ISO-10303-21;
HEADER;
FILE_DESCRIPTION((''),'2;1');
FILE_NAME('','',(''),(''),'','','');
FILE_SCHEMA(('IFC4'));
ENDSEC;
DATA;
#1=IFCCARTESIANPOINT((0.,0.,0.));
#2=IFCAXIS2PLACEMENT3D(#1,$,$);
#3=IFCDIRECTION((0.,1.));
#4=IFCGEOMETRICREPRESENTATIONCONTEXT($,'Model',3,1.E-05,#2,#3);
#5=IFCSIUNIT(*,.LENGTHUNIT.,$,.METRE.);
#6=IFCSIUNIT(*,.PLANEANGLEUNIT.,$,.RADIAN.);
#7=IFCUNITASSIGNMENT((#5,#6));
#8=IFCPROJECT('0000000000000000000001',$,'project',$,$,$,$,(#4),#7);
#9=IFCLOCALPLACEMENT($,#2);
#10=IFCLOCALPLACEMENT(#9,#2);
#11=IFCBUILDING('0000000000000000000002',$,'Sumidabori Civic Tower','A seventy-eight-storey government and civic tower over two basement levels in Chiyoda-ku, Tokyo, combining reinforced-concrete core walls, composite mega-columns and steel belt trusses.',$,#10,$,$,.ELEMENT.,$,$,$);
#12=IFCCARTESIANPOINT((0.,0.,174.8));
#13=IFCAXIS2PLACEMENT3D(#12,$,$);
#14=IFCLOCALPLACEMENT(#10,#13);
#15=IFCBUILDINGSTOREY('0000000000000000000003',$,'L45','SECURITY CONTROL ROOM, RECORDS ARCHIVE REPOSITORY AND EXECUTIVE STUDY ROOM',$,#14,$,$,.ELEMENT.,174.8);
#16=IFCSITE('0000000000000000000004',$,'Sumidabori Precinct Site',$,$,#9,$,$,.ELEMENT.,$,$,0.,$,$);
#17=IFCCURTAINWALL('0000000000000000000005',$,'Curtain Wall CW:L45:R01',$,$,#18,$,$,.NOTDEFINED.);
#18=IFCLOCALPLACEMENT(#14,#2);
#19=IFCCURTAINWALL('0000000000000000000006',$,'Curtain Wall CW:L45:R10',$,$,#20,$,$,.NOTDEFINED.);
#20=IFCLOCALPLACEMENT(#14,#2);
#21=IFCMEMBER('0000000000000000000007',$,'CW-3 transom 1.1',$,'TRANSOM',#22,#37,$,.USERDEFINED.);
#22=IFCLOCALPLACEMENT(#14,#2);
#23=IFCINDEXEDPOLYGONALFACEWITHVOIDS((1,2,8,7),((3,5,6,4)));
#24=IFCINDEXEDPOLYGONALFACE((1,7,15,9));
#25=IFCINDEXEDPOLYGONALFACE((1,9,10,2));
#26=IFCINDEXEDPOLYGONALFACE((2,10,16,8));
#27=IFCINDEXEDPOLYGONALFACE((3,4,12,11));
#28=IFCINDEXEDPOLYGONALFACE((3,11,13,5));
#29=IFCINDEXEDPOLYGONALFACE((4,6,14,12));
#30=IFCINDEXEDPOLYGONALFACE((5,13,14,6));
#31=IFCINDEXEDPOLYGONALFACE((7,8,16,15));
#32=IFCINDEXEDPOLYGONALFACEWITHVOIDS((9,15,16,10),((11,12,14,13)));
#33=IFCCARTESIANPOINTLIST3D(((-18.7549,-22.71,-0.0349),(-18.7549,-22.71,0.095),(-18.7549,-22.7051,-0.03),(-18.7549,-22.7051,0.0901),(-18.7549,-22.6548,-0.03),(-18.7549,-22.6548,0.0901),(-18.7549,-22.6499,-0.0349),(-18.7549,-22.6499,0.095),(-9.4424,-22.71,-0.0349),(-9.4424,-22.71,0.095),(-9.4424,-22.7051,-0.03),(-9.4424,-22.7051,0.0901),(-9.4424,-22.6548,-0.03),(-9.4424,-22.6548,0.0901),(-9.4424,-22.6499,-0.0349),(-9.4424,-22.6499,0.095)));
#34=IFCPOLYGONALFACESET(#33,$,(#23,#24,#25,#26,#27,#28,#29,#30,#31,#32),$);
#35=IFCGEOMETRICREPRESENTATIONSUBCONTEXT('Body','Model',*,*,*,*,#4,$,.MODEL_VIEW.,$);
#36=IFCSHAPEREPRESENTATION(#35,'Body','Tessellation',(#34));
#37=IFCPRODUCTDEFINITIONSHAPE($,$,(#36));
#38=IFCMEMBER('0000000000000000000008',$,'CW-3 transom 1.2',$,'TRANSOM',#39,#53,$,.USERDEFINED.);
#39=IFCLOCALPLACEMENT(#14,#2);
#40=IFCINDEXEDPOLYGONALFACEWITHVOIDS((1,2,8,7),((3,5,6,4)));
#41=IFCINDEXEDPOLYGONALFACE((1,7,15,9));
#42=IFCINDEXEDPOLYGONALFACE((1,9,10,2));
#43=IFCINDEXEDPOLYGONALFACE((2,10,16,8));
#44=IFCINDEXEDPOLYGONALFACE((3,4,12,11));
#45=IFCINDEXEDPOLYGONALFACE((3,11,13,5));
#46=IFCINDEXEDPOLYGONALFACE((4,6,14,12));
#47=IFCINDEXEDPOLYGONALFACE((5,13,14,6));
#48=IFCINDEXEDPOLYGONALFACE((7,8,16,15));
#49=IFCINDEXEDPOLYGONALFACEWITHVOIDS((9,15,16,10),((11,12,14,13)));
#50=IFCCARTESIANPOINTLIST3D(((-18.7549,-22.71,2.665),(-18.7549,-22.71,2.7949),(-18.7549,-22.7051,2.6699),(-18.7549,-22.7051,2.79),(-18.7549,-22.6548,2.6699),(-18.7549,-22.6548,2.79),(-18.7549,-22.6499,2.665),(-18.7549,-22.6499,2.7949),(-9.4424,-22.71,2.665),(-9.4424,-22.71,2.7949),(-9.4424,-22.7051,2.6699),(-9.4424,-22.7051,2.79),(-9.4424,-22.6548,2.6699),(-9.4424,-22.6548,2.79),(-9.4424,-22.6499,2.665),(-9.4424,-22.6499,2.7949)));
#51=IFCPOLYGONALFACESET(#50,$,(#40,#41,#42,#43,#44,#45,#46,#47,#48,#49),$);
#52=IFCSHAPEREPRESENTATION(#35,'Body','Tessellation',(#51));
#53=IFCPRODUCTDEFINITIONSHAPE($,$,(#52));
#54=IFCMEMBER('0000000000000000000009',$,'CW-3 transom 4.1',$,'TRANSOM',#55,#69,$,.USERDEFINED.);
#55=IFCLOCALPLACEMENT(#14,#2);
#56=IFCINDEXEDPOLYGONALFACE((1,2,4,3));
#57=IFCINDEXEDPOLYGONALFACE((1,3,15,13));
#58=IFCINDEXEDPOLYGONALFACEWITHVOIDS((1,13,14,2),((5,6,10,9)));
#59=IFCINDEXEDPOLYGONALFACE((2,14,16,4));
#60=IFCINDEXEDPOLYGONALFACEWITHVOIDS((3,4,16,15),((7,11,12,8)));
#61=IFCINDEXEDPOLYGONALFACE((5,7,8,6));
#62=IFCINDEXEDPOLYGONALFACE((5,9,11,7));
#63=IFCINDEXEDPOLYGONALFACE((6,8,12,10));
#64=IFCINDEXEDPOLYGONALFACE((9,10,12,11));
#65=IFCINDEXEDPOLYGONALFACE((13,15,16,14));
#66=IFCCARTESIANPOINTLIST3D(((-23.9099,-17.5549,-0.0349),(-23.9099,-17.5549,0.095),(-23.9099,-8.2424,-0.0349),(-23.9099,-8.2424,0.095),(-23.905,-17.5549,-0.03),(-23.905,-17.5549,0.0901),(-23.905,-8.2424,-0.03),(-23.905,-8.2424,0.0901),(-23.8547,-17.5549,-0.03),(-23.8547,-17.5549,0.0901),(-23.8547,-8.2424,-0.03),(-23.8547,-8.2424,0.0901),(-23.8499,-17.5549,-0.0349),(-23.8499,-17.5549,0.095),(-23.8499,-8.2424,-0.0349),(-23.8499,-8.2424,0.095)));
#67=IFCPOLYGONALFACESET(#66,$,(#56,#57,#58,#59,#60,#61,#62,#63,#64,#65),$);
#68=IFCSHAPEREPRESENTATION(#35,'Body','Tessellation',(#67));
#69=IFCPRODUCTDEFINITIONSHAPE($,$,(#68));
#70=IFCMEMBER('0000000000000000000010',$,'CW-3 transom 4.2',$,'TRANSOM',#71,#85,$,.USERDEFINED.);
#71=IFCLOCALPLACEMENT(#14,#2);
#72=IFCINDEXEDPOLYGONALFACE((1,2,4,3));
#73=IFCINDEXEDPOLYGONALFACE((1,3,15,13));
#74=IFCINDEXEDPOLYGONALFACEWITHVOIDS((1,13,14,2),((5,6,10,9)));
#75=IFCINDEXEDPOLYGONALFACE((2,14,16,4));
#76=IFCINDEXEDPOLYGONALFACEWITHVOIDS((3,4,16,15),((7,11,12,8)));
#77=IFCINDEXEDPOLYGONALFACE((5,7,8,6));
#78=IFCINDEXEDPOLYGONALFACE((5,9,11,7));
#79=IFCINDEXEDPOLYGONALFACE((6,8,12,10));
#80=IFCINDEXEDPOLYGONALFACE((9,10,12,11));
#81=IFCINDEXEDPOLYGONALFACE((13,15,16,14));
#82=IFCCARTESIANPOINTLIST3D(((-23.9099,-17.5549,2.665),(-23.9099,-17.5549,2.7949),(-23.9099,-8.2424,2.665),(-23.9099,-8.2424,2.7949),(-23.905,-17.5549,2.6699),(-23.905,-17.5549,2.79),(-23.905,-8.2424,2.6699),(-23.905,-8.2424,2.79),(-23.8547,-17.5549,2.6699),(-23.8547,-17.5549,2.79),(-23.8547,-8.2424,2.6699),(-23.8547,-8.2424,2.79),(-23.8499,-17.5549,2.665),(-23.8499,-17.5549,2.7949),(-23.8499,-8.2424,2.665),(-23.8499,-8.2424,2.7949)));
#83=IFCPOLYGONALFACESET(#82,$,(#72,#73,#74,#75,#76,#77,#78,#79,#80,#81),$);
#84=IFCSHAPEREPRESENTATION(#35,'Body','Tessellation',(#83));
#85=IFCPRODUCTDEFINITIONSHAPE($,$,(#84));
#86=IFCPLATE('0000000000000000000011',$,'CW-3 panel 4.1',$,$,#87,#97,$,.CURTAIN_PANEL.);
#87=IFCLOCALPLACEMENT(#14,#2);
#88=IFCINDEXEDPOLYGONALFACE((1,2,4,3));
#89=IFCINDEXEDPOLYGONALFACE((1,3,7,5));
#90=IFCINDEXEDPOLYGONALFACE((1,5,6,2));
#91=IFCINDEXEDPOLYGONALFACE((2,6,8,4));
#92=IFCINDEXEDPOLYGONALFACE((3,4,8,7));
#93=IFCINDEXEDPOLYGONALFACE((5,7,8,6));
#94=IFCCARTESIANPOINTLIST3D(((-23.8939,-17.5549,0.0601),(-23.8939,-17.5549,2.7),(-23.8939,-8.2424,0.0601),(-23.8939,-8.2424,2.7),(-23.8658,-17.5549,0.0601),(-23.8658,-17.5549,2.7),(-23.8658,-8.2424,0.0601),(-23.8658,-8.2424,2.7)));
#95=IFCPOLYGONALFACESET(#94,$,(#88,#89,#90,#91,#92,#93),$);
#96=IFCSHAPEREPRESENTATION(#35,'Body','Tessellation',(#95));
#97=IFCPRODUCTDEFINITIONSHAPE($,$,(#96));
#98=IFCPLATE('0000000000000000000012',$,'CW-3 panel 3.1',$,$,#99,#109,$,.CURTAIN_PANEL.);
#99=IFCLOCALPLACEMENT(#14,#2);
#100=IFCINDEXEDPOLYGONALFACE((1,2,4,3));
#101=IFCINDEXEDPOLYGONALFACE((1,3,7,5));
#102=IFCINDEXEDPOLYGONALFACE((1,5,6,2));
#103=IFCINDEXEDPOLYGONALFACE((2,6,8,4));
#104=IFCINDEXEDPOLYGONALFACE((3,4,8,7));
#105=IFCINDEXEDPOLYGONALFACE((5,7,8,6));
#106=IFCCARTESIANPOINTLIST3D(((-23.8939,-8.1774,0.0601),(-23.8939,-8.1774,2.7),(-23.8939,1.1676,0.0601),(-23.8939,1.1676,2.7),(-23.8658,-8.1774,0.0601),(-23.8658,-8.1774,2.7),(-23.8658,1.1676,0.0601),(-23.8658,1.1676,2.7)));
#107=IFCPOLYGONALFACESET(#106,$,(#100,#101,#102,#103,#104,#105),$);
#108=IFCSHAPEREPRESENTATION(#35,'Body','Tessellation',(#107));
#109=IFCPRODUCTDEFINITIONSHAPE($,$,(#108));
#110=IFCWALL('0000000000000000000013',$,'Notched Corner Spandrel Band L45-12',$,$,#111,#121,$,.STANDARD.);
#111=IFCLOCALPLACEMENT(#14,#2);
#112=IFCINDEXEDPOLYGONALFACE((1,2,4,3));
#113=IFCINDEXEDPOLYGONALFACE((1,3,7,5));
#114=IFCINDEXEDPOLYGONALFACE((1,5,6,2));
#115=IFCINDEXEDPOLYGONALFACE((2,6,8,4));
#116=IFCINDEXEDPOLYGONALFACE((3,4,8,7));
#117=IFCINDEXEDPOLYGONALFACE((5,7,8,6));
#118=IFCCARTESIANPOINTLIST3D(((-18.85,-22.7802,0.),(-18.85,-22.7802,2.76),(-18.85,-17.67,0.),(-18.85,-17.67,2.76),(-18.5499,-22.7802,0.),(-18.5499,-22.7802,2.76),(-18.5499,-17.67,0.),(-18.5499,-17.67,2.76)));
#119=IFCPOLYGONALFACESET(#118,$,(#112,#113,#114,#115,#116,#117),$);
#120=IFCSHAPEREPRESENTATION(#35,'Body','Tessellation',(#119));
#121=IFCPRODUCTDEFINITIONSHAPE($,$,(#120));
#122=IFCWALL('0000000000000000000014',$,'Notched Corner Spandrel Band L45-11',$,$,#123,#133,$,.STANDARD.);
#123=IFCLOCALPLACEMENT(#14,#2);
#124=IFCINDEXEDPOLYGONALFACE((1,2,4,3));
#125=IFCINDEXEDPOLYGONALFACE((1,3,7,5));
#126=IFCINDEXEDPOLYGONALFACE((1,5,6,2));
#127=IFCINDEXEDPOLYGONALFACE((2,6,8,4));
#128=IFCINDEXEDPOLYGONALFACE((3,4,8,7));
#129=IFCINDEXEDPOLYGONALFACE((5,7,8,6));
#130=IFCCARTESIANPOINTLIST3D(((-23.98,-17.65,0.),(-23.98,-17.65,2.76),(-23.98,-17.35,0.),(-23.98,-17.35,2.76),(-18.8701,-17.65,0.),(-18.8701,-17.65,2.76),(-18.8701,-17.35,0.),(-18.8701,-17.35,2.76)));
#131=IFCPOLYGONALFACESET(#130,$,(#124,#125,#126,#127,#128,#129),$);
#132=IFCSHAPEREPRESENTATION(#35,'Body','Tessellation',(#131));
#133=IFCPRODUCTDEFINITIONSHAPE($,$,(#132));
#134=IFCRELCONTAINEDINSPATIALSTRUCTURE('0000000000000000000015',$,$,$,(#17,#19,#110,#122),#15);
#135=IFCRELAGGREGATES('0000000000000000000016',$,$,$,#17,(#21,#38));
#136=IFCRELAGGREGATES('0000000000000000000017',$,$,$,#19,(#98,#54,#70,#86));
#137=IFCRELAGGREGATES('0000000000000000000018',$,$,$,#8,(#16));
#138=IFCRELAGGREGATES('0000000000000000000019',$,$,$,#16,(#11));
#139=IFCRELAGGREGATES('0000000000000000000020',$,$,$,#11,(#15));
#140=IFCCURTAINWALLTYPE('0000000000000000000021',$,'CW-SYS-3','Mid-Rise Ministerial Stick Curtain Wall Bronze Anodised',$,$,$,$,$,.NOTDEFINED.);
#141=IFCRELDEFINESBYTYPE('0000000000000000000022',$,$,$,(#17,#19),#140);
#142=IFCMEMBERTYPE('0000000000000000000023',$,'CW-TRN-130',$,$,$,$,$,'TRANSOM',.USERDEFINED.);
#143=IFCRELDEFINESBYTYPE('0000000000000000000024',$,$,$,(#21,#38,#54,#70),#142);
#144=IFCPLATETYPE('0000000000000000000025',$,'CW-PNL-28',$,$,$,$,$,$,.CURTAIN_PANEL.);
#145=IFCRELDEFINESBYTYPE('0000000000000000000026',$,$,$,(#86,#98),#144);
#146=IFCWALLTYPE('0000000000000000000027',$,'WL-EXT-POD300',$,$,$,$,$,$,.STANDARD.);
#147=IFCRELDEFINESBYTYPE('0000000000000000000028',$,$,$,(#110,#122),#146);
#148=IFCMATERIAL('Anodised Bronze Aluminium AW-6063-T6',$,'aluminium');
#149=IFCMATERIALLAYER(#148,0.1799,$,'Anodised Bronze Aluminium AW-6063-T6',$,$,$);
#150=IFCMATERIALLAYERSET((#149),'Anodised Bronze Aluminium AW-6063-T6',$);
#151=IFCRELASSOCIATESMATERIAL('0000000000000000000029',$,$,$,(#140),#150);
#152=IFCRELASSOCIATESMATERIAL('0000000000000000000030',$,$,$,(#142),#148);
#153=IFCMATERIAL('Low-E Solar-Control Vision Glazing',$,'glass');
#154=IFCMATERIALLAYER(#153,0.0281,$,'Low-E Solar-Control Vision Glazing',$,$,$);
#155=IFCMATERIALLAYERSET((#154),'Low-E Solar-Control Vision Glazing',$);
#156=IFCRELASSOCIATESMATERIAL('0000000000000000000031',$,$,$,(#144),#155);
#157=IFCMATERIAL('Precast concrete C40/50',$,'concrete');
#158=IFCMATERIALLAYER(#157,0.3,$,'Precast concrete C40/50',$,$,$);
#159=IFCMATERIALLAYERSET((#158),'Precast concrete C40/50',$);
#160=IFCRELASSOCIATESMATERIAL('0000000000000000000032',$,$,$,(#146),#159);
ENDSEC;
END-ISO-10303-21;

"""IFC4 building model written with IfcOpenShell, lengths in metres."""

from ifc_helpers import new_model, si_unit, direction, frame, frame_2d, origin, origin_2d, place, context, subcontext, project, spatial, rectangle, hollow_rectangle, extrude, source, transform, mapped, material, layer, layer_set, material_profile, profile_set, type_object, element, aggregate, save


model = new_model("IFC4")

# Units and contexts
model_context = context("Model", 3, precision=1e-05, world=origin(), true_north=direction((0.0, 1.0)))
body_context = subcontext(model_context, "Body", "Model", "MODEL_VIEW")
ifc_project = project(units=[si_unit("LENGTHUNIT", "METRE"), si_unit("PLANEANGLEUNIT", "RADIAN")], contexts=[model_context])

# Site, building, storey
site_placement = place(None, origin())
site = spatial("IfcSite", under=ifc_project, at=site_placement, Name="Sumidabori Precinct Site", CompositionType="ELEMENT", RefElevation=0.0)
building_placement = place(site_placement, origin())
building = spatial("IfcBuilding", under=site, at=building_placement, Name="Sumidabori Civic Tower", Description="A seventy-eight-storey government and civic tower over two basement levels in Chiyoda-ku, Tokyo, combining reinforced-concrete core walls, composite mega-columns and steel belt trusses.", CompositionType="ELEMENT")
storey_placement = place(building_placement, frame((0.0, 0.0, 174.8)))
storey = spatial("IfcBuildingStorey", under=building, at=storey_placement, Name="L45", Description="SECURITY CONTROL ROOM, RECORDS ARCHIVE REPOSITORY AND EXECUTIVE STUDY ROOM", CompositionType="ELEMENT", Elevation=174.8)

# Curtain wall
ifc_material_1 = material(Name="Anodised Bronze Aluminium AW-6063-T6", Category="aluminium")
ifc_layer_1 = layer(ifc_material_1, 0.1799, Name="Anodised Bronze Aluminium AW-6063-T6")
ifc_layer_set_1 = layer_set([ifc_layer_1], Name="Anodised Bronze Aluminium AW-6063-T6")
curtain_wall_type = type_object("IfcCurtainWallType", Name="CW-SYS-3", Description="Mid-Rise Ministerial Stick Curtain Wall Bronze Anodised", PredefinedType="NOTDEFINED", material=ifc_layer_set_1)
curtain_wall_1_placement = place(storey_placement, origin())
curtain_wall_1 = element("IfcCurtainWall", 1, at=curtain_wall_1_placement, inside=storey, type_object=curtain_wall_type, Name="Curtain Wall CW:L45:R01", PredefinedType="NOTDEFINED")

# Curtain wall
curtain_wall_2_placement = place(storey_placement, origin())
curtain_wall_2 = element("IfcCurtainWall", 2, at=curtain_wall_2_placement, inside=storey, type_object=curtain_wall_type, Name="Curtain Wall CW:L45:R10", PredefinedType="NOTDEFINED")

# Members
ifc_material_profile_1 = material_profile(ifc_material_1, hollow_rectangle(XDim=0.0601, YDim=0.1299, WallThickness=0.0049, at=origin_2d()), Name="ALU TRANSOM 130x60")
ifc_profile_set_1 = profile_set([ifc_material_profile_1], Name="Anodised Bronze Aluminium AW-6063-T6")
member_type_1 = type_object("IfcMemberType", Name="CW-TRN-130", ElementType="TRANSOM", PredefinedType="USERDEFINED", material=ifc_profile_set_1)
shared_shape_1 = source(origin(), body_context, "Body", "SweptSolid", [
    extrude(hollow_rectangle(XDim=0.0601, YDim=0.1299, WallThickness=0.0049, at=origin_2d()), origin(), (0.0, 0.0, 1.0), 9.3125),
])
member_1_placement = place(storey_placement, frame((-18.7549, -22.6799, 0.03), z_axis=(1.0, 0.0, 0.0), x_axis=(0.0, 1.0, 0.0)))
member_1 = element("IfcMember", 3, at=member_1_placement, type_object=member_type_1, Name="CW-3 transom 1.1", ObjectType="TRANSOM", PredefinedType="USERDEFINED", context=body_context, shape_type="MappedRepresentation", body=[
    mapped(shared_shape_1, transform((0.0, 0.0, 0.0), x_axis=(1.0, 0.0, 0.0), y_axis=(0.0, 1.0, 0.0), z_axis=(0.0, 0.0, 1.0), scale=1.0)),
])
member_2_placement = place(storey_placement, frame((-18.7549, -22.6799, 2.73), z_axis=(1.0, 0.0, 0.0), x_axis=(0.0, 1.0, 0.0)))
member_2 = element("IfcMember", 4, at=member_2_placement, type_object=member_type_1, Name="CW-3 transom 1.2", ObjectType="TRANSOM", PredefinedType="USERDEFINED", context=body_context, shape_type="MappedRepresentation", body=[
    mapped(shared_shape_1, transform((0.0, 0.0, 0.0), x_axis=(1.0, 0.0, 0.0), y_axis=(0.0, 1.0, 0.0), z_axis=(0.0, 0.0, 1.0), scale=1.0)),
])
aggregate(curtain_wall_1, [member_1, member_2])
member_3_placement = place(storey_placement, frame((-23.8799, -8.2424, 0.03), z_axis=(0.0, -1.0, 0.0), x_axis=(1.0, 0.0, 0.0)))
member_3 = element("IfcMember", 5, at=member_3_placement, type_object=member_type_1, Name="CW-3 transom 4.1", ObjectType="TRANSOM", PredefinedType="USERDEFINED", context=body_context, shape_type="MappedRepresentation", body=[
    mapped(shared_shape_1, transform((0.0, 0.0, 0.0), x_axis=(1.0, 0.0, 0.0), y_axis=(0.0, 1.0, 0.0), z_axis=(0.0, 0.0, 1.0), scale=1.0)),
])
member_4_placement = place(storey_placement, frame((-23.8799, -8.2424, 2.73), z_axis=(0.0, -1.0, 0.0), x_axis=(1.0, 0.0, 0.0)))
member_4 = element("IfcMember", 6, at=member_4_placement, type_object=member_type_1, Name="CW-3 transom 4.2", ObjectType="TRANSOM", PredefinedType="USERDEFINED", context=body_context, shape_type="MappedRepresentation", body=[
    mapped(shared_shape_1, transform((0.0, 0.0, 0.0), x_axis=(1.0, 0.0, 0.0), y_axis=(0.0, 1.0, 0.0), z_axis=(0.0, 0.0, 1.0), scale=1.0)),
])

# Plates
ifc_material_2 = material(Name="Low-E Solar-Control Vision Glazing", Category="glass")
ifc_layer_2 = layer(ifc_material_2, 0.0281, Name="Low-E Solar-Control Vision Glazing")
ifc_layer_set_2 = layer_set([ifc_layer_2], Name="Low-E Solar-Control Vision Glazing")
plate_type = type_object("IfcPlateType", Name="CW-PNL-28", PredefinedType="CURTAIN_PANEL", material=ifc_layer_set_2)
shared_shape_2 = source(origin(), body_context, "Body", "SweptSolid", [
    extrude(rectangle(XDim=9.3125, YDim=0.0281, at=origin_2d()), origin(), (0.0, 0.0, 1.0), 2.6399),
])
plate_1_placement = place(storey_placement, frame((-23.8799, -12.8987, 0.0601), z_axis=(0.0, 0.0, 1.0), x_axis=(0.0, -1.0, 0.0)))
plate_1 = element("IfcPlate", 7, at=plate_1_placement, type_object=plate_type, Name="CW-3 panel 4.1", PredefinedType="CURTAIN_PANEL", context=body_context, shape_type="MappedRepresentation", body=[
    mapped(shared_shape_2, transform((0.0, 0.0, 0.0), x_axis=(1.0, 0.0, 0.0), y_axis=(0.0, 1.0, 0.0), z_axis=(0.0, 0.0, 1.0), scale=1.0)),
])
shared_shape_3 = source(origin(), body_context, "Body", "SweptSolid", [
    extrude(rectangle(XDim=9.345, YDim=0.0281, at=origin_2d()), origin(), (0.0, 0.0, 1.0), 2.6399),
])
plate_2_placement = place(storey_placement, frame((-23.8799, -3.5049, 0.0601), z_axis=(0.0, 0.0, 1.0), x_axis=(0.0, -1.0, 0.0)))
plate_2 = element("IfcPlate", 8, at=plate_2_placement, type_object=plate_type, Name="CW-3 panel 3.1", PredefinedType="CURTAIN_PANEL", context=body_context, shape_type="MappedRepresentation", body=[
    mapped(shared_shape_3, transform((0.0, 0.0, 0.0), x_axis=(1.0, 0.0, 0.0), y_axis=(0.0, 1.0, 0.0), z_axis=(0.0, 0.0, 1.0), scale=1.0)),
])
aggregate(curtain_wall_2, [plate_2, member_3, member_4, plate_1])

# Walls
ifc_material_3 = material(Name="Precast concrete C40/50", Category="concrete")
ifc_layer_3 = layer(ifc_material_3, 0.3, Name="Precast concrete C40/50")
ifc_layer_set_3 = layer_set([ifc_layer_3], Name="Precast concrete C40/50")
wall_type_1 = type_object("IfcWallType", Name="WL-EXT-POD300", PredefinedType="STANDARD", material=ifc_layer_set_3)
shared_shape_4 = source(origin(), body_context, "Body", "SweptSolid", [
    extrude(rectangle(XDim=5.1101, YDim=0.3, at=frame_2d((2.5552, 0.0))), origin(), (0.0, 0.0, 1.0), 2.76),
])
wall_1_placement = place(storey_placement, frame((-18.7, -17.6699, 0.0), z_axis=(0.0, 0.0, 1.0), x_axis=(0.0, -1.0, 0.0)))
element("IfcWall", 9, at=wall_1_placement, inside=storey, type_object=wall_type_1, Name="Notched Corner Spandrel Band L45-12", PredefinedType="STANDARD", context=body_context, shape_type="MappedRepresentation", body=[
    mapped(shared_shape_4, transform((0.0, 0.0, 0.0), x_axis=(1.0, 0.0, 0.0), y_axis=(0.0, 1.0, 0.0), z_axis=(0.0, 0.0, 1.0), scale=1.0)),
])
shared_shape_5 = source(origin(), body_context, "Body", "SweptSolid", [
    extrude(rectangle(XDim=5.1099, YDim=0.3, at=frame_2d((2.5549, 0.0))), origin(), (0.0, 0.0, 1.0), 2.76),
])
wall_2_placement = place(storey_placement, frame((-23.98, -17.5, 0.0), z_axis=(0.0, 0.0, 1.0), x_axis=(1.0, 0.0, 0.0)))
element("IfcWall", 10, at=wall_2_placement, inside=storey, type_object=wall_type_1, Name="Notched Corner Spandrel Band L45-11", PredefinedType="STANDARD", context=body_context, shape_type="MappedRepresentation", body=[
    mapped(shared_shape_5, transform((0.0, 0.0, 0.0), x_axis=(1.0, 0.0, 0.0), y_axis=(0.0, 1.0, 0.0), z_axis=(0.0, 0.0, 1.0), scale=1.0)),
])

save(model, "model.ifc")
